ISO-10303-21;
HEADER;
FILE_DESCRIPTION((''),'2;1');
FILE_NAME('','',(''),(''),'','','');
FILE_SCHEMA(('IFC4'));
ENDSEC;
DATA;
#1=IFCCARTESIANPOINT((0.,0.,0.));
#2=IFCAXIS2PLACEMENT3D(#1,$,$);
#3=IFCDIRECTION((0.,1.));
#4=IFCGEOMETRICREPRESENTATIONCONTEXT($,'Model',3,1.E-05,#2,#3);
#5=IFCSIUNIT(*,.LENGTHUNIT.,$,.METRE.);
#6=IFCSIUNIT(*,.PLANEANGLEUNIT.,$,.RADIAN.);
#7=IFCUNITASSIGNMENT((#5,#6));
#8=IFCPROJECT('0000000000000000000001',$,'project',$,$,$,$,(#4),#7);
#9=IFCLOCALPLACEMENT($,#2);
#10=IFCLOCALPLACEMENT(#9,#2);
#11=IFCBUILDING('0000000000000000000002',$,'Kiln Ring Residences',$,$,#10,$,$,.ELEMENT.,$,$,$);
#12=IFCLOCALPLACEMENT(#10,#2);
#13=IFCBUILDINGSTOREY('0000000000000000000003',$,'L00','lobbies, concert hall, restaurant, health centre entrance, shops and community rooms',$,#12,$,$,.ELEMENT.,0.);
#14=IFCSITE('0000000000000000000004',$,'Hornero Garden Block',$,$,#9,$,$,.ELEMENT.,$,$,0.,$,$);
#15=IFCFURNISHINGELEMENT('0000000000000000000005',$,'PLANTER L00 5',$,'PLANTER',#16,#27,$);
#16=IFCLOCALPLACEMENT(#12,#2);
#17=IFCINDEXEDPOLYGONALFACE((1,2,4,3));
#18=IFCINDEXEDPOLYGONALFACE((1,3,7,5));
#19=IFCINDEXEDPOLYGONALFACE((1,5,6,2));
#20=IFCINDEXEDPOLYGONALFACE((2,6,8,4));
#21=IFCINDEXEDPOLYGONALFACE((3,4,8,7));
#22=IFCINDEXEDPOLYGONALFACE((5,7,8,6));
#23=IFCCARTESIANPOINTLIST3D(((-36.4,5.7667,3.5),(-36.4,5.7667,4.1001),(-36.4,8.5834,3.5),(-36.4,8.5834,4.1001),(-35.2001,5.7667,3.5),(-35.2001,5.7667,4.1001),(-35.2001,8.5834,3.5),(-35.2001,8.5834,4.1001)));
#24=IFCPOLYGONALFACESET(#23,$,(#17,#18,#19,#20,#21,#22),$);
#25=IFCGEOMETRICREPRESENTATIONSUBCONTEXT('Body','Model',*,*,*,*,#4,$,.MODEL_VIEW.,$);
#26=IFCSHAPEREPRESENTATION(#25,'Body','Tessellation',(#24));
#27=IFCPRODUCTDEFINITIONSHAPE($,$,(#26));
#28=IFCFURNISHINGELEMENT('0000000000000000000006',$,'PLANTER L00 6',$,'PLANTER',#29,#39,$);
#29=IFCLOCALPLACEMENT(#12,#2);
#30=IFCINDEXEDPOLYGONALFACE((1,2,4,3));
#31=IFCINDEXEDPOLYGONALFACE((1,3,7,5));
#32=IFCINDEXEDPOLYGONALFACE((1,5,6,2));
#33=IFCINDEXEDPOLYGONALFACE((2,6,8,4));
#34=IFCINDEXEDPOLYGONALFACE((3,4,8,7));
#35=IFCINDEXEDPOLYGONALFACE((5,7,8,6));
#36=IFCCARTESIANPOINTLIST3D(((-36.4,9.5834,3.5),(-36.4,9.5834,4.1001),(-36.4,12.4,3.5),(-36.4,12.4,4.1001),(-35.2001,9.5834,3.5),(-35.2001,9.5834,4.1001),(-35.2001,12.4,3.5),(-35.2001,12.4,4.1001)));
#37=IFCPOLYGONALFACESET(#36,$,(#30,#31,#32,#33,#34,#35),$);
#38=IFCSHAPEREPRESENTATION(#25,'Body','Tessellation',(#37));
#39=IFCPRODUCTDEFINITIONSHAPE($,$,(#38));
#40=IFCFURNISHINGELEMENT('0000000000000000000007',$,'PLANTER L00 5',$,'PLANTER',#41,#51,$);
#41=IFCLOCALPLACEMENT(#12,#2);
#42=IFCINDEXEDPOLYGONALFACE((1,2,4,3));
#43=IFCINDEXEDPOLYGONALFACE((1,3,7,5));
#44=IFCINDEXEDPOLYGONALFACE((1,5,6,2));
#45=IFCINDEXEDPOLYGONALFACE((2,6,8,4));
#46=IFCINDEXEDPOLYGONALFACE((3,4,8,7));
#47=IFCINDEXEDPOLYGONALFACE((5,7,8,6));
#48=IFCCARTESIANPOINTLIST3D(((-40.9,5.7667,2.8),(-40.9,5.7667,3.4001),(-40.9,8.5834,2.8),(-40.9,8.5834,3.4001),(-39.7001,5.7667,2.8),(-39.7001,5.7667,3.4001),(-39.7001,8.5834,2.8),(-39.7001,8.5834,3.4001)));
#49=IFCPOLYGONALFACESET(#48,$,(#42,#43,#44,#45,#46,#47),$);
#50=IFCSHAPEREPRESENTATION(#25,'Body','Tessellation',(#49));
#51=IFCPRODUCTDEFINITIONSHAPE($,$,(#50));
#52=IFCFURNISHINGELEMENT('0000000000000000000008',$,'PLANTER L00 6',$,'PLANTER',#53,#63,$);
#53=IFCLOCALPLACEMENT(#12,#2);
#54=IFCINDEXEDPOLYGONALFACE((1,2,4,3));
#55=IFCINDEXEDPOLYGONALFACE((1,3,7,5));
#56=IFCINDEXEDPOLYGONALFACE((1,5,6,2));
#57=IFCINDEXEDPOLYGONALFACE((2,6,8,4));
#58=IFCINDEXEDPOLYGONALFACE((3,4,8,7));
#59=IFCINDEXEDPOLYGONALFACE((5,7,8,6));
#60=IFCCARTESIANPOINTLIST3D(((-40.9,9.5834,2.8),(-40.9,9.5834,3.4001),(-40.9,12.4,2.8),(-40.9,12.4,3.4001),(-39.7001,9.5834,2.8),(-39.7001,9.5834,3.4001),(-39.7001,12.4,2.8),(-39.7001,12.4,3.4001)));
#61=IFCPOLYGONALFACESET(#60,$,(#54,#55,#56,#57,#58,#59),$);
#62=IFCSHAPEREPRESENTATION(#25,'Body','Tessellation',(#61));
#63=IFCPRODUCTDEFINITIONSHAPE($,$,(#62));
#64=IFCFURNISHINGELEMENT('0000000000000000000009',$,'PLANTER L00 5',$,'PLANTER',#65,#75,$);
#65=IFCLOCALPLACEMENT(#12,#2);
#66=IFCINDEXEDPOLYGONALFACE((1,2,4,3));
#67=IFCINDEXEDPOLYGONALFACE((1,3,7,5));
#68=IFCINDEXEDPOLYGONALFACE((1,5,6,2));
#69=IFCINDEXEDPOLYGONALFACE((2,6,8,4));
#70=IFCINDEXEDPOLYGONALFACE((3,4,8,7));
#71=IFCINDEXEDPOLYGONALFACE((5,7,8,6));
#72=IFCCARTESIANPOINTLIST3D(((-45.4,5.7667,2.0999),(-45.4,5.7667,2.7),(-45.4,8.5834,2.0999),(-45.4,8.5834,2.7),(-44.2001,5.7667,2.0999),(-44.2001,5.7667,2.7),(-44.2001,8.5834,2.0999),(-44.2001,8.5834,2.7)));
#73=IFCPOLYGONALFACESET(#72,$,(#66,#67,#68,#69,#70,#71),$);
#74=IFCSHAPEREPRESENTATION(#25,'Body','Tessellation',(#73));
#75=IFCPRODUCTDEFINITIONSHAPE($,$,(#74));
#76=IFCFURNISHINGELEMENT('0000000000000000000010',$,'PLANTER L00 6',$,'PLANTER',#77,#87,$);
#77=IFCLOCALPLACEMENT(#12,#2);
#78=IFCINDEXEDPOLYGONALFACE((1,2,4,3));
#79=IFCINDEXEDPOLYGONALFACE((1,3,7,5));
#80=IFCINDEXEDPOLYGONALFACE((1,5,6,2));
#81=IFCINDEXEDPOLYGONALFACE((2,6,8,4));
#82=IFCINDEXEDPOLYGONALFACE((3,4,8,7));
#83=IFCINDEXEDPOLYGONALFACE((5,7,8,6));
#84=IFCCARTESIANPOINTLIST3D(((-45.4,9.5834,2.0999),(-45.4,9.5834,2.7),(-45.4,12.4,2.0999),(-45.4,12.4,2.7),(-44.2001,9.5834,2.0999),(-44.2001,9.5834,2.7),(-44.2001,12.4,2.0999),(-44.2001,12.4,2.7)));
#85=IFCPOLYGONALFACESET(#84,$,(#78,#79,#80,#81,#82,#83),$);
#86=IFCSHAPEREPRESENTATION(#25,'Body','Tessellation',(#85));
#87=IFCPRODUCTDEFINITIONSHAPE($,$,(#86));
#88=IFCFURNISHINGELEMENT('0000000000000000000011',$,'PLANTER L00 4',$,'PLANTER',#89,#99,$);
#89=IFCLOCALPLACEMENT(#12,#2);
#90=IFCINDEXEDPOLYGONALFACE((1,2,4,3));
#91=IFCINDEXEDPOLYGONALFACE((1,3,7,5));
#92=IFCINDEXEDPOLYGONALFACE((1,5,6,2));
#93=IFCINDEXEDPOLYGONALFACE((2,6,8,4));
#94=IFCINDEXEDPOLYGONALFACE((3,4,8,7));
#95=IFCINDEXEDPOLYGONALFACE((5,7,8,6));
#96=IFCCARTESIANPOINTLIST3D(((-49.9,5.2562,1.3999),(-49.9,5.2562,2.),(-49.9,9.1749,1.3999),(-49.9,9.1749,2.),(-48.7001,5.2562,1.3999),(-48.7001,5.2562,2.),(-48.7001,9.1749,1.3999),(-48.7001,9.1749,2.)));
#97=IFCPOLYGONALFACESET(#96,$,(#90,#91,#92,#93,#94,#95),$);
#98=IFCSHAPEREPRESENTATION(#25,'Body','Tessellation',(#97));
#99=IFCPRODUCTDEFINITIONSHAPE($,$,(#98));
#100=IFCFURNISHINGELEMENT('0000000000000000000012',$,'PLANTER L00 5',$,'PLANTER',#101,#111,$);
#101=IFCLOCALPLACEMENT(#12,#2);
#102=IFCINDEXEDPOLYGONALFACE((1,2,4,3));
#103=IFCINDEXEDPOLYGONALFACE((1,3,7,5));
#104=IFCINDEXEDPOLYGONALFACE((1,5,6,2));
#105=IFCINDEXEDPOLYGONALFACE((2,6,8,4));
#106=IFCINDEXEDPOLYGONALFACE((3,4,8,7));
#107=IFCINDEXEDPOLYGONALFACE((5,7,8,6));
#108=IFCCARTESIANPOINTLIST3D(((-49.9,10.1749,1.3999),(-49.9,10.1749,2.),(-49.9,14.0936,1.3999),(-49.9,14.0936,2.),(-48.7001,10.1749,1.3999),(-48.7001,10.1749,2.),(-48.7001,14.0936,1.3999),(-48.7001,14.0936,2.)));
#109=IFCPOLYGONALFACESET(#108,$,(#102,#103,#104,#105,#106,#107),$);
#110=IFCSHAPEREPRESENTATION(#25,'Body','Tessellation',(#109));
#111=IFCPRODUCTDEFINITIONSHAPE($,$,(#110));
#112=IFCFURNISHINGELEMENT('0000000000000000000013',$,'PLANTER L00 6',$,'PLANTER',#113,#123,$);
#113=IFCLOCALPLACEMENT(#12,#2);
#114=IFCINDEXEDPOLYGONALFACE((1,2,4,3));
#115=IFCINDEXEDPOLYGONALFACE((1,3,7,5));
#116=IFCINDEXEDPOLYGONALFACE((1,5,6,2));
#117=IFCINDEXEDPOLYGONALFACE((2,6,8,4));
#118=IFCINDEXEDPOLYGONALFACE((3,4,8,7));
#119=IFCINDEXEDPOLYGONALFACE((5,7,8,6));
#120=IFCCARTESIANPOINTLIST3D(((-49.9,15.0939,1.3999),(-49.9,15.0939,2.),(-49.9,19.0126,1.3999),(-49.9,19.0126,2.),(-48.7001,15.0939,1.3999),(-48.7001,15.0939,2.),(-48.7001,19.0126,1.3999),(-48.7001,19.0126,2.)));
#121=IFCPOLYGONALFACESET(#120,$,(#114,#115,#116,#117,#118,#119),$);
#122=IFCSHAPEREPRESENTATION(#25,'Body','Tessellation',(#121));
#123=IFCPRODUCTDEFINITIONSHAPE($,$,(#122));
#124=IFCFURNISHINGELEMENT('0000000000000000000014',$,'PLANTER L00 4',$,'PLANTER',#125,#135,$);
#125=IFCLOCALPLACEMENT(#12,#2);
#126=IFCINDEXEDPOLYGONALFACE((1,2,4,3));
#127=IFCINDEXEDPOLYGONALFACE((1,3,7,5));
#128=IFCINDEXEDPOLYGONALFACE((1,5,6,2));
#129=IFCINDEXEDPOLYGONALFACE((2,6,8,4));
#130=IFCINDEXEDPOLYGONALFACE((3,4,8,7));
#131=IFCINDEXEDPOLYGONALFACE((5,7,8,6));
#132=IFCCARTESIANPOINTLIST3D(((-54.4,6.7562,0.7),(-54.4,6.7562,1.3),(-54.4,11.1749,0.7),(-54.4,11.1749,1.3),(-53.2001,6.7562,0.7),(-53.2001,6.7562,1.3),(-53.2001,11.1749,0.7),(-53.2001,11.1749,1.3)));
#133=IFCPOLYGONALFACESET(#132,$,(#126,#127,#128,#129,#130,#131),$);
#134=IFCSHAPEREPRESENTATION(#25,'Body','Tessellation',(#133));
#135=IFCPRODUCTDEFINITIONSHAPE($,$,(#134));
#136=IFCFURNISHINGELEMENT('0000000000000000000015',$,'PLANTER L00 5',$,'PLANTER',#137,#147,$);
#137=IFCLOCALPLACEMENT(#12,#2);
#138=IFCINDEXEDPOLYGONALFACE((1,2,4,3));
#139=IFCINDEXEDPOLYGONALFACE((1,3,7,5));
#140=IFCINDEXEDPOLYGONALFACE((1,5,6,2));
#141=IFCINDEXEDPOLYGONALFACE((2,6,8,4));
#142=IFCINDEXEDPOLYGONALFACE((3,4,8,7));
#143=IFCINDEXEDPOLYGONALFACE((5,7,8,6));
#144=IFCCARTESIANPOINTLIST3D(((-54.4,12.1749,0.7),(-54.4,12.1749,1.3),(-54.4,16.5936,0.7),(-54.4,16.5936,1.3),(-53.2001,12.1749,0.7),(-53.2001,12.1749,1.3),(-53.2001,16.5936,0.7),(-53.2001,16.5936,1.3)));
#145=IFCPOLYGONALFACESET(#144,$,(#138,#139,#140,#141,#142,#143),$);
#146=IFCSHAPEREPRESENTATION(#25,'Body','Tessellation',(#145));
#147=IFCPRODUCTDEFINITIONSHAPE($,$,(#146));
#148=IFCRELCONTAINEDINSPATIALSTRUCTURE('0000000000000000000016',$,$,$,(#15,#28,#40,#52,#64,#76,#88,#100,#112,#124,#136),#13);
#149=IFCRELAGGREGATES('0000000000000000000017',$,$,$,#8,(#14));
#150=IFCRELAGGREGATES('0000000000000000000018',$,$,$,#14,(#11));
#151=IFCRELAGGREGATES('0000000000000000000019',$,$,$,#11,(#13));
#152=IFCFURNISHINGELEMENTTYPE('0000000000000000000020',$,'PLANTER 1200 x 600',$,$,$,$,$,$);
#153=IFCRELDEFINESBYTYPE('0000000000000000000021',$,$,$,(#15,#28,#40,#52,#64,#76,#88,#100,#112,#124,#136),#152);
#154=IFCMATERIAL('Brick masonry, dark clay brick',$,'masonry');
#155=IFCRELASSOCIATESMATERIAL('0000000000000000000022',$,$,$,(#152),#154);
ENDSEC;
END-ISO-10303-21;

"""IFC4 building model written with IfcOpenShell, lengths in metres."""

from ifc_helpers import new_model, si_unit, direction, frame, origin, origin_2d, place, context, subcontext, project, spatial, rectangle, extrude, material, type_object, element, save


model = new_model("IFC4")

# Units and contexts
model_context = context("Model", 3, precision=1e-05, world=origin(), true_north=direction((0.0, 1.0)))
body_context = subcontext(model_context, "Body", "Model", "MODEL_VIEW")
ifc_project = project(units=[si_unit("LENGTHUNIT", "METRE"), si_unit("PLANEANGLEUNIT", "RADIAN")], contexts=[model_context])

# Site, building, storey
site_placement = place(None, origin())
site = spatial("IfcSite", under=ifc_project, at=site_placement, Name="Hornero Garden Block", CompositionType="ELEMENT", RefElevation=0.0)
building_placement = place(site_placement, origin())
building = spatial("IfcBuilding", under=site, at=building_placement, Name="Kiln Ring Residences", CompositionType="ELEMENT")
storey_placement = place(building_placement, origin())
storey = spatial("IfcBuildingStorey", under=building, at=storey_placement, Name="L00", Description="lobbies, concert hall, restaurant, health centre entrance, shops and community rooms", CompositionType="ELEMENT", Elevation=0.0)

# Furnishing elements
ifc_material_1 = material(Name="Brick masonry, dark clay brick", Category="masonry")
furnishing_element_type = type_object("IfcFurnishingElementType", Name="PLANTER 1200 x 600", material=ifc_material_1)
for number, where, z_axis, x_axis, name in (
    (1, (-35.8, 7.175, 3.5), (0.0, 0.0, 1.0), (1.0, 0.0, 0.0), "PLANTER L00 5"),
    (2, (-35.8, 10.9917, 3.5), (0.0, 0.0, 1.0), (1.0, 0.0, 0.0), "PLANTER L00 6"),
    (3, (-40.3, 7.175, 2.8), (0.0, 0.0, 1.0), (1.0, 0.0, 0.0), "PLANTER L00 5"),
    (4, (-40.3, 10.9917, 2.8), (0.0, 0.0, 1.0), (1.0, 0.0, 0.0), "PLANTER L00 6"),
    (5, (-44.8, 7.175, 2.0999), (0.0, 0.0, 1.0), (1.0, 0.0, 0.0), "PLANTER L00 5"),
    (6, (-44.8, 10.9917, 2.0999), (0.0, 0.0, 1.0), (1.0, 0.0, 0.0), "PLANTER L00 6"),
):
    element("IfcFurnishingElement", number, at=place(storey_placement, frame(where, z_axis=z_axis, x_axis=x_axis)), inside=storey, type_object=furnishing_element_type, Name=name, ObjectType="PLANTER", context=body_context, shape_type="SweptSolid", body=[
        extrude(rectangle(XDim=1.2, YDim=2.8167, at=origin_2d()), origin(), (0.0, 0.0, 1.0), 0.6001),
    ])
for number, where, z_axis, x_axis, name in (
    (7, (-49.3, 7.2156, 1.3999), (0.0, 0.0, 1.0), (1.0, 0.0, 0.0), "PLANTER L00 4"),
    (8, (-49.3, 12.1343, 1.3999), (0.0, 0.0, 1.0), (1.0, 0.0, 0.0), "PLANTER L00 5"),
    (9, (-49.3, 17.0532, 1.3999), (0.0, 0.0, 1.0), (1.0, 0.0, 0.0), "PLANTER L00 6"),
):
    element("IfcFurnishingElement", number, at=place(storey_placement, frame(where, z_axis=z_axis, x_axis=x_axis)), inside=storey, type_object=furnishing_element_type, Name=name, ObjectType="PLANTER", context=body_context, shape_type="SweptSolid", body=[
        extrude(rectangle(XDim=1.2, YDim=3.9187, at=origin_2d()), origin(), (0.0, 0.0, 1.0), 0.6001),
    ])
for number, where, z_axis, x_axis, name in (
    (10, (-53.8, 8.9656, 0.7), (0.0, 0.0, 1.0), (1.0, 0.0, 0.0), "PLANTER L00 4"),
    (11, (-53.8, 14.3843, 0.7), (0.0, 0.0, 1.0), (1.0, 0.0, 0.0), "PLANTER L00 5"),
):
    element("IfcFurnishingElement", number, at=place(storey_placement, frame(where, z_axis=z_axis, x_axis=x_axis)), inside=storey, type_object=furnishing_element_type, Name=name, ObjectType="PLANTER", context=body_context, shape_type="SweptSolid", body=[
        extrude(rectangle(XDim=1.2, YDim=4.4187, at=origin_2d()), origin(), (0.0, 0.0, 1.0), 0.6001),
    ])

save(model, "model.ifc")
